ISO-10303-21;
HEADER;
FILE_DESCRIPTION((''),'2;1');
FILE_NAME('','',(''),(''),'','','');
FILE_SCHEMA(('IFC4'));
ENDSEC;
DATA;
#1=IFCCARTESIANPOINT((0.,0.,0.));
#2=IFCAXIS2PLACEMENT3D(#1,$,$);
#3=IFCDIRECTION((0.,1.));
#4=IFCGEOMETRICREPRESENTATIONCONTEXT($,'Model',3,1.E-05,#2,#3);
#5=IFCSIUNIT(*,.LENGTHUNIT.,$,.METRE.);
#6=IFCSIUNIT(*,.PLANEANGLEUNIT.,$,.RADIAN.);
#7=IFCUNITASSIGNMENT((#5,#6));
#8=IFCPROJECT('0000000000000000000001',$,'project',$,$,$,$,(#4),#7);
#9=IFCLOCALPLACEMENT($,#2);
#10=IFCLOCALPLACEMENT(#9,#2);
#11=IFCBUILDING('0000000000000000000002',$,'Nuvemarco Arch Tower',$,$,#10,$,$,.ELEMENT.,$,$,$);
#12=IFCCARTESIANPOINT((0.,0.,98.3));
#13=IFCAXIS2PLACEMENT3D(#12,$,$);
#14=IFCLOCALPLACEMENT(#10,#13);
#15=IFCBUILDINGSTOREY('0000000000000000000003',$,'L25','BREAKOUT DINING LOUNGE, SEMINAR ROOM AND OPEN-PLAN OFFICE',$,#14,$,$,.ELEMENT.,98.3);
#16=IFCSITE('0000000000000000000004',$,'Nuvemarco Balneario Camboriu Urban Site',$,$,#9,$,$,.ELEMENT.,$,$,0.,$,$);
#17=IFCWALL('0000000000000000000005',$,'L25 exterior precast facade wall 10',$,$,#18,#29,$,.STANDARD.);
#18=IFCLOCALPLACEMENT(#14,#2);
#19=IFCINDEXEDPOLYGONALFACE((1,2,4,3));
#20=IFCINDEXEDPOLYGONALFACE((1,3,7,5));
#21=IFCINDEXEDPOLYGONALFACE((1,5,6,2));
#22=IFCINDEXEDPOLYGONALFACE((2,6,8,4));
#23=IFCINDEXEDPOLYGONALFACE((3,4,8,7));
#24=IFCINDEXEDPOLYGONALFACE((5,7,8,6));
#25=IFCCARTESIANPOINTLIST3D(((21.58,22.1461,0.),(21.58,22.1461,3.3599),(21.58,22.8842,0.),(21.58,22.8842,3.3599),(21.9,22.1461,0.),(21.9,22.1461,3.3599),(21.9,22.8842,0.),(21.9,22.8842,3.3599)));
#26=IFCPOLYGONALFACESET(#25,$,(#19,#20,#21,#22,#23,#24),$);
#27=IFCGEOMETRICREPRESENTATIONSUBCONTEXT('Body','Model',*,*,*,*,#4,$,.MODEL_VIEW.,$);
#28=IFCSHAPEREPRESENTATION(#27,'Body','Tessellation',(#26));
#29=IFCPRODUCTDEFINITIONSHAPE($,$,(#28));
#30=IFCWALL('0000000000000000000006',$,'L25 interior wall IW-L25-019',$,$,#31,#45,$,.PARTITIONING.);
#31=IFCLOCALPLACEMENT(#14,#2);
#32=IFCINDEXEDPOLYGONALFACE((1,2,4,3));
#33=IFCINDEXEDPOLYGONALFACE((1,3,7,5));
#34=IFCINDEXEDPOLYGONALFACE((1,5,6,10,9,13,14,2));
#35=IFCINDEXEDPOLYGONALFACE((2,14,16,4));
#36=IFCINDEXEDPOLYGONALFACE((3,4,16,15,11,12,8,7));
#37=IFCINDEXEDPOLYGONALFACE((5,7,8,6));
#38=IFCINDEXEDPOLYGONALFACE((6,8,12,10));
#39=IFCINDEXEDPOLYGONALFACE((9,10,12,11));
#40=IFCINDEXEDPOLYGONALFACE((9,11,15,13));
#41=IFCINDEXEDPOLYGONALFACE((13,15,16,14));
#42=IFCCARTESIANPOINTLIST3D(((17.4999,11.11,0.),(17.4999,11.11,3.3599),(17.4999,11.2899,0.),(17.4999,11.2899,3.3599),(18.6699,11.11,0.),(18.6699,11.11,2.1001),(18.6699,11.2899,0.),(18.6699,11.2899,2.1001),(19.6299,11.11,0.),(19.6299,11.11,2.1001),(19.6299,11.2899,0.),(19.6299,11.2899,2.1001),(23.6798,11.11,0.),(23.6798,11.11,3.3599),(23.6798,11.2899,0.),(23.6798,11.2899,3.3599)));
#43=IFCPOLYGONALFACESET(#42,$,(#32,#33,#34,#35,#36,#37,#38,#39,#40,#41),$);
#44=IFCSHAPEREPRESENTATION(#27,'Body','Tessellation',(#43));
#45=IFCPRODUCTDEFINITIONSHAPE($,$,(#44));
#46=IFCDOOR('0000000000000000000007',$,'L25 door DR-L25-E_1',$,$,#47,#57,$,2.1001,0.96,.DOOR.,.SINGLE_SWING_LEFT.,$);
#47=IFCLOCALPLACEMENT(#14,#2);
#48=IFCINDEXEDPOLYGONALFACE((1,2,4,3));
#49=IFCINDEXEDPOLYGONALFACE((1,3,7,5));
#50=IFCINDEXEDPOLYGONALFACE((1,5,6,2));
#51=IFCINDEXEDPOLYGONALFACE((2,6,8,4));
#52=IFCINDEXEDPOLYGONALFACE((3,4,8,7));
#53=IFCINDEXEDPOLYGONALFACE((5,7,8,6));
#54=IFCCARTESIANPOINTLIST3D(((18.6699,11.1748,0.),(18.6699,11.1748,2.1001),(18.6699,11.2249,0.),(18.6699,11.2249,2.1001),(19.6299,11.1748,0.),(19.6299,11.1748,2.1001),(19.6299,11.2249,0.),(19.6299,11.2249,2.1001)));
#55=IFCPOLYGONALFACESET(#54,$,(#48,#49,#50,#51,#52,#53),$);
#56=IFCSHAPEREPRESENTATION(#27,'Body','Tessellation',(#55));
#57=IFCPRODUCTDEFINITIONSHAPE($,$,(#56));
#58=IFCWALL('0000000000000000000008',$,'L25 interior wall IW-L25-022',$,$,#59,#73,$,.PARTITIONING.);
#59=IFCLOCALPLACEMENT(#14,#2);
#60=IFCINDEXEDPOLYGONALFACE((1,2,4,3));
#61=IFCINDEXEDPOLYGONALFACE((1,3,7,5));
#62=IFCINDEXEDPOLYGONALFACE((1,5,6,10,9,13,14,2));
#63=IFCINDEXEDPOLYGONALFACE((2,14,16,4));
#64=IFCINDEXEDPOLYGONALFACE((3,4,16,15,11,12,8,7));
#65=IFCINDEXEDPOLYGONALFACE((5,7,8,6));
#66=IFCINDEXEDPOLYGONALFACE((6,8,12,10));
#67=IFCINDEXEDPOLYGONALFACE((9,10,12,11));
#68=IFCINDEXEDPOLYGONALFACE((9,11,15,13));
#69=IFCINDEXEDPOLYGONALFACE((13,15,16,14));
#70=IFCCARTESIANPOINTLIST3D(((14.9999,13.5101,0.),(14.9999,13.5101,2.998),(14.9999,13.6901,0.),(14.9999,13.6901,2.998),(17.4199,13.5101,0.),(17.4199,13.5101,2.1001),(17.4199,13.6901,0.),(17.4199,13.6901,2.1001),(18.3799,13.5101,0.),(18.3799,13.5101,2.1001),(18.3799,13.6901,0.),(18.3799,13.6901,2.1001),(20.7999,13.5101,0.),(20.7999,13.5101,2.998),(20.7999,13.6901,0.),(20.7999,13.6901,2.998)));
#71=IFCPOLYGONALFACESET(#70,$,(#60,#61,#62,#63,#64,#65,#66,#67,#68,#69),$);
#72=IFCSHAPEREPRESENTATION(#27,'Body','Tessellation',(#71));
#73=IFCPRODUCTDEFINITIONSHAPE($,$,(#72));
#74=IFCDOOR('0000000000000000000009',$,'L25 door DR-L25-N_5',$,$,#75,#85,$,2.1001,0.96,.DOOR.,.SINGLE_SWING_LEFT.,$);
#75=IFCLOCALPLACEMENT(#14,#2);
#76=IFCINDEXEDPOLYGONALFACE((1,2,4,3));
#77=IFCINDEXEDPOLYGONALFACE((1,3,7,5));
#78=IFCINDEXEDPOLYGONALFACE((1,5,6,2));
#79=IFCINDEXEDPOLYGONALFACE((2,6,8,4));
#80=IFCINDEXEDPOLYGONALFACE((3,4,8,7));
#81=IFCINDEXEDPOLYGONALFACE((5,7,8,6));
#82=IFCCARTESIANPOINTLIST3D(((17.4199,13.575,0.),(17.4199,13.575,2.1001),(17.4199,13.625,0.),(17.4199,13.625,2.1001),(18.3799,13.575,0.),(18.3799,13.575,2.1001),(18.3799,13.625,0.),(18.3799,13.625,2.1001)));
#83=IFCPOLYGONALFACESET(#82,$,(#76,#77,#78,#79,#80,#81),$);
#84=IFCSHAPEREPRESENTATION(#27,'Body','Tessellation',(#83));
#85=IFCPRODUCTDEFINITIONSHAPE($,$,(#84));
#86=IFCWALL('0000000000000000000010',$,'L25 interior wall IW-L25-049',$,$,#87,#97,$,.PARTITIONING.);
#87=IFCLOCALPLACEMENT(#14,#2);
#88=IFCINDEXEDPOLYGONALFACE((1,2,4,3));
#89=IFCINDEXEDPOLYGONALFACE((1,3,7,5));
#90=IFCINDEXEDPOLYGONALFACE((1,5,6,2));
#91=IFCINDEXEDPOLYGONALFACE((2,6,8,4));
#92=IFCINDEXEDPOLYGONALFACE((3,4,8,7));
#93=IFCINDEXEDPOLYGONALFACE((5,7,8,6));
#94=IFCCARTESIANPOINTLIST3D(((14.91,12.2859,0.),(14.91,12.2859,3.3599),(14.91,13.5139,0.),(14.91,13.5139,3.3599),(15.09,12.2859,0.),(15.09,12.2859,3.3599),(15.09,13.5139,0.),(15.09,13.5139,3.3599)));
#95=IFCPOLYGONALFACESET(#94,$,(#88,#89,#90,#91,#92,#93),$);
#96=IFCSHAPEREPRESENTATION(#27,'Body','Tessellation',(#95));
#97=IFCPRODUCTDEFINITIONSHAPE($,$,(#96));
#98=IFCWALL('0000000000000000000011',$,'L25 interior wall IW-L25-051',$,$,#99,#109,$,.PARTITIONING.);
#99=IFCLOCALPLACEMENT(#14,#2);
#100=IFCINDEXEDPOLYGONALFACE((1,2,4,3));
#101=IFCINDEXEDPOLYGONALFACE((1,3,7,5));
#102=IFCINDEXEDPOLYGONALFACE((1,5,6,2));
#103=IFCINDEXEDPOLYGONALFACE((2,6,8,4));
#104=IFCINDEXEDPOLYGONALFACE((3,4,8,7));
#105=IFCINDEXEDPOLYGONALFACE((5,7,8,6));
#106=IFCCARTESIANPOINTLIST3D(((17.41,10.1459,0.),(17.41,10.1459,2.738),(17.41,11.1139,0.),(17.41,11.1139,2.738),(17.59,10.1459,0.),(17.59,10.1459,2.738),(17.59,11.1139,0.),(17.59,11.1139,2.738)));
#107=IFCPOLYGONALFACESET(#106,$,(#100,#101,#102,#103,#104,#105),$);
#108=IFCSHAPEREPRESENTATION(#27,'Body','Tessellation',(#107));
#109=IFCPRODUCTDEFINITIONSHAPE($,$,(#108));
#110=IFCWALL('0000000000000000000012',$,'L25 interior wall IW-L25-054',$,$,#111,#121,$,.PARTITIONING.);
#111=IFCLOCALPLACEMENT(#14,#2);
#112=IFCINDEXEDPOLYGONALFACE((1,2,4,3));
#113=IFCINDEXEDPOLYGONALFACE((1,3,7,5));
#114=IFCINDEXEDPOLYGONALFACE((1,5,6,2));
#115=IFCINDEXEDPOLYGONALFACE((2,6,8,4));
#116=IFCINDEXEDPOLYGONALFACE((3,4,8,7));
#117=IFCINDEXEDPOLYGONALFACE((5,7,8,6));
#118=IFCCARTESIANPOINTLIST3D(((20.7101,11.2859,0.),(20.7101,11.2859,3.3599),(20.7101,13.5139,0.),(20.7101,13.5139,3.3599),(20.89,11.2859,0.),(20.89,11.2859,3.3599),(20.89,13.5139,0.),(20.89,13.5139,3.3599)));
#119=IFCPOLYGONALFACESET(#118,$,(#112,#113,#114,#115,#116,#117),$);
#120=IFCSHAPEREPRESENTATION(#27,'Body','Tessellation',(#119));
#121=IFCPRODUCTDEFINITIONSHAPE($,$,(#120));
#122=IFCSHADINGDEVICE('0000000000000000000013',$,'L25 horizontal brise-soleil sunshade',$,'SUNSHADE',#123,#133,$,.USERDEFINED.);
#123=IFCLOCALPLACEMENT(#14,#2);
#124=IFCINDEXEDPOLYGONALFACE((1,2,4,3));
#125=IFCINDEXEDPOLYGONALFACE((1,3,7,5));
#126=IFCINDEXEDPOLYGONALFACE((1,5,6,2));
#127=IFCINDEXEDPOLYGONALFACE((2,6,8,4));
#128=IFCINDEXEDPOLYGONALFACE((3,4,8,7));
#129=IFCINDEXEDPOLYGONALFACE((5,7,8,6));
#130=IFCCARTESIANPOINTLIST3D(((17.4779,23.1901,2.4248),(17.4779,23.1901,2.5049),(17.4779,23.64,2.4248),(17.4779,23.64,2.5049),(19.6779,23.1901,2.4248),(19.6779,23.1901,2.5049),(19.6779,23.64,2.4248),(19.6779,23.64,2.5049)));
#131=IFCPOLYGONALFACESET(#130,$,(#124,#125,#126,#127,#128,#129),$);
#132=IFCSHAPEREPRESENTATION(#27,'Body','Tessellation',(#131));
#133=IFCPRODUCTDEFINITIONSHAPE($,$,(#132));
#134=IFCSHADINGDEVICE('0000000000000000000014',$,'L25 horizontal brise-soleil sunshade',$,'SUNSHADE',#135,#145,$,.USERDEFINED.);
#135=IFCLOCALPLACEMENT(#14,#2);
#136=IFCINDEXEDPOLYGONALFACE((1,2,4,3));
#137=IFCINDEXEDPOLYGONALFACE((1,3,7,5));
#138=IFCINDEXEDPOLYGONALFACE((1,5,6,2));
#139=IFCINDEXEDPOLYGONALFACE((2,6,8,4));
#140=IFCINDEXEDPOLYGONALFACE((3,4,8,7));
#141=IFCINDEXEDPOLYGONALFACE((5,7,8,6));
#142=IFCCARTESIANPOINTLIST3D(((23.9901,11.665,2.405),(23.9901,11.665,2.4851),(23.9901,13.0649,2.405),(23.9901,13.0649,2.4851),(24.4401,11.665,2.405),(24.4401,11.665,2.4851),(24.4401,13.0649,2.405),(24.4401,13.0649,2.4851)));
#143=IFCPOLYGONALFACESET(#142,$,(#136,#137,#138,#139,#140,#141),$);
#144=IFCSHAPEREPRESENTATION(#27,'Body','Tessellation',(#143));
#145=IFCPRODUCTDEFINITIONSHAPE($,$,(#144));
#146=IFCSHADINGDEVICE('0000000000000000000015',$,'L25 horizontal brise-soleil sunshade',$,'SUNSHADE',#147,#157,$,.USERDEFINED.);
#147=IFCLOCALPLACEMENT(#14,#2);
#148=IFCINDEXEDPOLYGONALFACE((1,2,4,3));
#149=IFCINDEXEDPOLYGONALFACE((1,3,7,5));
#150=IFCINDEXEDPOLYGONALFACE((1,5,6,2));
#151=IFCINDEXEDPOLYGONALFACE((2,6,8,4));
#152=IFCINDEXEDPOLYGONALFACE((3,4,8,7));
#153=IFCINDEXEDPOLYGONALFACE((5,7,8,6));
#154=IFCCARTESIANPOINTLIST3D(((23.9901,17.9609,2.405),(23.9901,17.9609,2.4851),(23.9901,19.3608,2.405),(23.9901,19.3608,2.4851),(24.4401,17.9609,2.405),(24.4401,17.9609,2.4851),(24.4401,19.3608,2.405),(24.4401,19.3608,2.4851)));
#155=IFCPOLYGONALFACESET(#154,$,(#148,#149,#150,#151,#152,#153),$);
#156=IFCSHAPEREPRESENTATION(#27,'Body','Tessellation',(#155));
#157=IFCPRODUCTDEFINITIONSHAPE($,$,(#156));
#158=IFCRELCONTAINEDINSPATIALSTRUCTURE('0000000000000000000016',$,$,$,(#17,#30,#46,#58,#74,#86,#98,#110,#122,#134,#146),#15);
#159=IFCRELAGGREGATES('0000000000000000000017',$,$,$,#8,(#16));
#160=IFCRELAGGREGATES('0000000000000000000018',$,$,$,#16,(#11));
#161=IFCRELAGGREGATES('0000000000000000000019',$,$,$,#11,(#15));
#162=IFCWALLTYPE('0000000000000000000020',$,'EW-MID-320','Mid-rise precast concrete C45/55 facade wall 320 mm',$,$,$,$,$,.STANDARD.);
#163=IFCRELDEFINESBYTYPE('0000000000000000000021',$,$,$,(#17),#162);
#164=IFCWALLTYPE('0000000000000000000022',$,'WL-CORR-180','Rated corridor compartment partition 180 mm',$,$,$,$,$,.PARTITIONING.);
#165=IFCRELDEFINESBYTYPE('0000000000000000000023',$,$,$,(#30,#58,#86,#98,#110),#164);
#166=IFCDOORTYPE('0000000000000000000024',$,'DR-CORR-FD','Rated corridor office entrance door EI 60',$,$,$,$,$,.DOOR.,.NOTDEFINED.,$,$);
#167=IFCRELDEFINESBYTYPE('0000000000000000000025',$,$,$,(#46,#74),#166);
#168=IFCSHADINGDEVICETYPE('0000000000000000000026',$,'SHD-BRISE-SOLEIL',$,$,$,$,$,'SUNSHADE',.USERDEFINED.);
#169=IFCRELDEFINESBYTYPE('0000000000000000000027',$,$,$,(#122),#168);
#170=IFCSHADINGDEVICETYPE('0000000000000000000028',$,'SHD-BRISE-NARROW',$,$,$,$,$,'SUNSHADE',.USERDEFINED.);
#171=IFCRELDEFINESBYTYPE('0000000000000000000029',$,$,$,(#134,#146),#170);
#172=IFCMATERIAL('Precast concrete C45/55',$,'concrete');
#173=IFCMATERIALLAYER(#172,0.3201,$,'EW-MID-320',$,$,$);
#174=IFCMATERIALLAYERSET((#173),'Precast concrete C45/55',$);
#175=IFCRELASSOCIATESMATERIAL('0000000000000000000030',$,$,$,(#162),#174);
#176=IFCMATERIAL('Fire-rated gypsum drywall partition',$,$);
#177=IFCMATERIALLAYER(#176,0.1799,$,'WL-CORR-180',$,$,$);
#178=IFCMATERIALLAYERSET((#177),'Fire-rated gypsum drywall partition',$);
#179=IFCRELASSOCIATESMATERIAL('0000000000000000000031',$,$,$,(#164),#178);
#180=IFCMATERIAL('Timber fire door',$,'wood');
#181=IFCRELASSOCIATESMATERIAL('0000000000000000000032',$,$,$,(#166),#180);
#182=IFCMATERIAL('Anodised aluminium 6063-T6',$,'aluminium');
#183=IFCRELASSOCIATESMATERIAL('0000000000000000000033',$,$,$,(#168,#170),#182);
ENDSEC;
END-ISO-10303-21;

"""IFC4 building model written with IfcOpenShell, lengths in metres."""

from ifc_helpers import new_model, si_unit, direction, frame, frame_2d, origin, origin_2d, place, context, subcontext, project, spatial, rectangle, extrude, source, transform, mapped, material, layer, layer_set, type_object, type_shapes, element, fill, save


model = new_model("IFC4")

# Units and contexts
model_context = context("Model", 3, precision=1e-05, world=origin(), true_north=direction((0.0, 1.0)))
body_context = subcontext(model_context, "Body", "Model", "MODEL_VIEW")
ifc_project = project(units=[si_unit("LENGTHUNIT", "METRE"), si_unit("PLANEANGLEUNIT", "RADIAN")], contexts=[model_context])

# Site, building, storey
site_placement = place(None, origin())
site = spatial("IfcSite", under=ifc_project, at=site_placement, Name="Nuvemarco Balneario Camboriu Urban Site", CompositionType="ELEMENT", RefElevation=0.0)
building_placement = place(site_placement, origin())
building = spatial("IfcBuilding", under=site, at=building_placement, Name="Nuvemarco Arch Tower", CompositionType="ELEMENT")
storey_placement = place(building_placement, frame((0.0, 0.0, 98.3)))
storey = spatial("IfcBuildingStorey", under=building, at=storey_placement, Name="L25", Description="BREAKOUT DINING LOUNGE, SEMINAR ROOM AND OPEN-PLAN OFFICE", CompositionType="ELEMENT", Elevation=98.3)

# Shared definitions
ifc_material_1 = material(Name="Precast concrete C45/55", Category="concrete")

# Wall
ifc_layer_1 = layer(ifc_material_1, 0.3201, Name="EW-MID-320")
ifc_layer_set_1 = layer_set([ifc_layer_1], Name="Precast concrete C45/55")
wall_type_1 = type_object("IfcWallType", Name="EW-MID-320", Description="Mid-rise precast concrete C45/55 facade wall 320 mm", PredefinedType="STANDARD", material=ifc_layer_set_1)
wall_1_placement = place(storey_placement, frame((21.74, 22.146, 0.0), z_axis=(0.0, 0.0, 1.0), x_axis=(0.0, 1.0, 0.0)))
element("IfcWall", 1, at=wall_1_placement, inside=storey, type_object=wall_type_1, Name="L25 exterior precast facade wall 10", PredefinedType="STANDARD", context=body_context, shape_type="SweptSolid", body=[
    extrude(rectangle(XDim=0.738, YDim=0.3201, at=frame_2d((0.3691, 0.0))), origin(), (0.0, 0.0, 1.0), 3.3599),
])

# Walls, openings, doors
ifc_material_2 = material(Name="Fire-rated gypsum drywall partition")
ifc_layer_2 = layer(ifc_material_2, 0.1799, Name="WL-CORR-180")
ifc_layer_set_2 = layer_set([ifc_layer_2], Name="Fire-rated gypsum drywall partition")
wall_type_2 = type_object("IfcWallType", Name="WL-CORR-180", Description="Rated corridor compartment partition 180 mm", PredefinedType="PARTITIONING", material=ifc_layer_set_2)
wall_2_placement = place(storey_placement, frame((17.5, 11.2, 0.0), z_axis=(0.0, 0.0, 1.0), x_axis=(1.0, 0.0, 0.0)))
wall_2 = element("IfcWall", 2, at=wall_2_placement, inside=storey, type_object=wall_type_2, Name="L25 interior wall IW-L25-019", PredefinedType="PARTITIONING", context=body_context, shape_type="SweptSolid", body=[
    extrude(rectangle(XDim=6.1799, YDim=0.1799, at=frame_2d((3.0898, 0.0))), origin(), (0.0, 0.0, 1.0), 3.3599),
])
opening_1_placement = place(wall_2_placement, frame((1.1699, 0.0, 0.0)))
opening_1 = element("IfcOpeningElement", 3, at=opening_1_placement, cuts=wall_2, PredefinedType="OPENING", context=body_context, shape_type="SweptSolid", body=[
    extrude(rectangle(XDim=0.96, YDim=2.1001, at=frame_2d((0.48, 1.05))), frame((0.0, 0.0999, 0.0), z_axis=(0.0, -1.0, 0.0), x_axis=(1.0, 0.0, 0.0)), (0.0, 0.0, 1.0), 0.2),
])
ifc_material_3 = material(Name="Timber fire door", Category="wood")
door_type = type_object("IfcDoorType", Name="DR-CORR-FD", Description="Rated corridor office entrance door EI 60", OperationType="NOTDEFINED", PredefinedType="DOOR", material=ifc_material_3)
shared_shape_1 = source(origin(), body_context, "Body", "SweptSolid", [
    extrude(rectangle(XDim=0.96, YDim=2.1001, at=frame_2d((0.48, 1.05))), frame((0.0, 0.0249, 0.0), z_axis=(0.0, -1.0, 0.0), x_axis=(1.0, 0.0, 0.0)), (0.0, 0.0, 1.0), 0.05),
])
type_shapes(door_type, [shared_shape_1])
door_1_placement = place(opening_1_placement, origin())
door_1 = element("IfcDoor", 4, at=door_1_placement, inside=storey, type_object=door_type, Name="L25 door DR-L25-E_1", OperationType="SINGLE_SWING_LEFT", OverallHeight=2.1001, OverallWidth=0.96, PredefinedType="DOOR", context=body_context, shape_type="MappedRepresentation", body=[
    mapped(shared_shape_1, transform((0.0, 0.0, 0.0), scale=1.0)),
])
fill(opening_1, door_1)
wall_3_placement = place(storey_placement, frame((15.0, 13.6001, 0.0), z_axis=(0.0, 0.0, 1.0), x_axis=(1.0, 0.0, 0.0)))
wall_3 = element("IfcWall", 5, at=wall_3_placement, inside=storey, type_object=wall_type_2, Name="L25 interior wall IW-L25-022", PredefinedType="PARTITIONING", context=body_context, shape_type="SweptSolid", body=[
    extrude(rectangle(XDim=5.8, YDim=0.1799, at=frame_2d((2.8999, 0.0))), origin(), (0.0, 0.0, 1.0), 2.998),
])
opening_2_placement = place(wall_3_placement, frame((2.4199, 0.0, 0.0)))
opening_2 = element("IfcOpeningElement", 6, at=opening_2_placement, cuts=wall_3, PredefinedType="OPENING", context=body_context, shape_type="SweptSolid", body=[
    extrude(rectangle(XDim=0.96, YDim=2.1001, at=frame_2d((0.48, 1.05))), frame((0.0, 0.0999, 0.0), z_axis=(0.0, -1.0, 0.0), x_axis=(1.0, 0.0, 0.0)), (0.0, 0.0, 1.0), 0.2),
])
door_2_placement = place(opening_2_placement, origin())
door_2 = element("IfcDoor", 7, at=door_2_placement, inside=storey, type_object=door_type, Name="L25 door DR-L25-N_5", OperationType="SINGLE_SWING_LEFT", OverallHeight=2.1001, OverallWidth=0.96, PredefinedType="DOOR", context=body_context, shape_type="MappedRepresentation", body=[
    mapped(shared_shape_1, transform((0.0, 0.0, 0.0), scale=1.0)),
])
fill(opening_2, door_2)

# Walls
wall_4_placement = place(storey_placement, frame((15.0, 12.2859, 0.0), z_axis=(0.0, 0.0, 1.0), x_axis=(0.0, 1.0, 0.0)))
element("IfcWall", 8, at=wall_4_placement, inside=storey, type_object=wall_type_2, Name="L25 interior wall IW-L25-049", PredefinedType="PARTITIONING", context=body_context, shape_type="SweptSolid", body=[
    extrude(rectangle(XDim=1.228, YDim=0.1799, at=frame_2d((0.614, 0.0))), origin(), (0.0, 0.0, 1.0), 3.3599),
])
wall_5_placement = place(storey_placement, frame((17.5, 10.146, 0.0), z_axis=(0.0, 0.0, 1.0), x_axis=(0.0, 1.0, 0.0)))
element("IfcWall", 9, at=wall_5_placement, inside=storey, type_object=wall_type_2, Name="L25 interior wall IW-L25-051", PredefinedType="PARTITIONING", context=body_context, shape_type="SweptSolid", body=[
    extrude(rectangle(XDim=0.968, YDim=0.1799, at=frame_2d((0.4839, 0.0))), origin(), (0.0, 0.0, 1.0), 2.738),
])
wall_6_placement = place(storey_placement, frame((20.8, 11.2859, 0.0), z_axis=(0.0, 0.0, 1.0), x_axis=(0.0, 1.0, 0.0)))
element("IfcWall", 10, at=wall_6_placement, inside=storey, type_object=wall_type_2, Name="L25 interior wall IW-L25-054", PredefinedType="PARTITIONING", context=body_context, shape_type="SweptSolid", body=[
    extrude(rectangle(XDim=2.228, YDim=0.1799, at=frame_2d((1.114, 0.0))), origin(), (0.0, 0.0, 1.0), 3.3599),
])

# Shading devices
ifc_material_4 = material(Name="Anodised aluminium 6063-T6", Category="aluminium")
shading_device_type_1 = type_object("IfcShadingDeviceType", Name="SHD-BRISE-SOLEIL", ElementType="SUNSHADE", PredefinedType="USERDEFINED", material=ifc_material_4)
shared_shape_2 = source(origin(), body_context, "Body", "SweptSolid", [
    extrude(rectangle(XDim=2.2, YDim=0.45, at=origin_2d()), origin(), (0.0, 0.0, 1.0), 0.0801),
])
type_shapes(shading_device_type_1, [shared_shape_2])
shading_device_placement = place(storey_placement, frame((18.5779, 23.415, 2.4248), z_axis=(0.0, 0.0, 1.0), x_axis=(1.0, 0.0, 0.0)))
element("IfcShadingDevice", 11, at=shading_device_placement, inside=storey, type_object=shading_device_type_1, Name="L25 horizontal brise-soleil sunshade", ObjectType="SUNSHADE", PredefinedType="USERDEFINED", context=body_context, shape_type="MappedRepresentation", body=[
    mapped(shared_shape_2, transform((0.0, 0.0, 0.0), scale=1.0)),
])
shading_device_type_2 = type_object("IfcShadingDeviceType", Name="SHD-BRISE-NARROW", ElementType="SUNSHADE", PredefinedType="USERDEFINED", material=ifc_material_4)
shared_shape_3 = source(origin(), body_context, "Body", "SweptSolid", [
    extrude(rectangle(XDim=1.3999, YDim=0.45, at=origin_2d()), origin(), (0.0, 0.0, 1.0), 0.0801),
])
type_shapes(shading_device_type_2, [shared_shape_3])
for number, where, z_axis, x_axis, name in (
    (12, (24.2151, 12.365, 2.405), (0.0, 0.0, 1.0), (0.0, 1.0, 0.0), "L25 horizontal brise-soleil sunshade"),
    (13, (24.2151, 18.6609, 2.405), (0.0, 0.0, 1.0), (0.0, 1.0, 0.0), "L25 horizontal brise-soleil sunshade"),
):
    element("IfcShadingDevice", number, at=place(storey_placement, frame(where, z_axis=z_axis, x_axis=x_axis)), inside=storey, type_object=shading_device_type_2, Name=name, ObjectType="SUNSHADE", PredefinedType="USERDEFINED", context=body_context, shape_type="MappedRepresentation", body=[
        mapped(shared_shape_3, transform((0.0, 0.0, 0.0), scale=1.0)),
    ])

save(model, "model.ifc")
